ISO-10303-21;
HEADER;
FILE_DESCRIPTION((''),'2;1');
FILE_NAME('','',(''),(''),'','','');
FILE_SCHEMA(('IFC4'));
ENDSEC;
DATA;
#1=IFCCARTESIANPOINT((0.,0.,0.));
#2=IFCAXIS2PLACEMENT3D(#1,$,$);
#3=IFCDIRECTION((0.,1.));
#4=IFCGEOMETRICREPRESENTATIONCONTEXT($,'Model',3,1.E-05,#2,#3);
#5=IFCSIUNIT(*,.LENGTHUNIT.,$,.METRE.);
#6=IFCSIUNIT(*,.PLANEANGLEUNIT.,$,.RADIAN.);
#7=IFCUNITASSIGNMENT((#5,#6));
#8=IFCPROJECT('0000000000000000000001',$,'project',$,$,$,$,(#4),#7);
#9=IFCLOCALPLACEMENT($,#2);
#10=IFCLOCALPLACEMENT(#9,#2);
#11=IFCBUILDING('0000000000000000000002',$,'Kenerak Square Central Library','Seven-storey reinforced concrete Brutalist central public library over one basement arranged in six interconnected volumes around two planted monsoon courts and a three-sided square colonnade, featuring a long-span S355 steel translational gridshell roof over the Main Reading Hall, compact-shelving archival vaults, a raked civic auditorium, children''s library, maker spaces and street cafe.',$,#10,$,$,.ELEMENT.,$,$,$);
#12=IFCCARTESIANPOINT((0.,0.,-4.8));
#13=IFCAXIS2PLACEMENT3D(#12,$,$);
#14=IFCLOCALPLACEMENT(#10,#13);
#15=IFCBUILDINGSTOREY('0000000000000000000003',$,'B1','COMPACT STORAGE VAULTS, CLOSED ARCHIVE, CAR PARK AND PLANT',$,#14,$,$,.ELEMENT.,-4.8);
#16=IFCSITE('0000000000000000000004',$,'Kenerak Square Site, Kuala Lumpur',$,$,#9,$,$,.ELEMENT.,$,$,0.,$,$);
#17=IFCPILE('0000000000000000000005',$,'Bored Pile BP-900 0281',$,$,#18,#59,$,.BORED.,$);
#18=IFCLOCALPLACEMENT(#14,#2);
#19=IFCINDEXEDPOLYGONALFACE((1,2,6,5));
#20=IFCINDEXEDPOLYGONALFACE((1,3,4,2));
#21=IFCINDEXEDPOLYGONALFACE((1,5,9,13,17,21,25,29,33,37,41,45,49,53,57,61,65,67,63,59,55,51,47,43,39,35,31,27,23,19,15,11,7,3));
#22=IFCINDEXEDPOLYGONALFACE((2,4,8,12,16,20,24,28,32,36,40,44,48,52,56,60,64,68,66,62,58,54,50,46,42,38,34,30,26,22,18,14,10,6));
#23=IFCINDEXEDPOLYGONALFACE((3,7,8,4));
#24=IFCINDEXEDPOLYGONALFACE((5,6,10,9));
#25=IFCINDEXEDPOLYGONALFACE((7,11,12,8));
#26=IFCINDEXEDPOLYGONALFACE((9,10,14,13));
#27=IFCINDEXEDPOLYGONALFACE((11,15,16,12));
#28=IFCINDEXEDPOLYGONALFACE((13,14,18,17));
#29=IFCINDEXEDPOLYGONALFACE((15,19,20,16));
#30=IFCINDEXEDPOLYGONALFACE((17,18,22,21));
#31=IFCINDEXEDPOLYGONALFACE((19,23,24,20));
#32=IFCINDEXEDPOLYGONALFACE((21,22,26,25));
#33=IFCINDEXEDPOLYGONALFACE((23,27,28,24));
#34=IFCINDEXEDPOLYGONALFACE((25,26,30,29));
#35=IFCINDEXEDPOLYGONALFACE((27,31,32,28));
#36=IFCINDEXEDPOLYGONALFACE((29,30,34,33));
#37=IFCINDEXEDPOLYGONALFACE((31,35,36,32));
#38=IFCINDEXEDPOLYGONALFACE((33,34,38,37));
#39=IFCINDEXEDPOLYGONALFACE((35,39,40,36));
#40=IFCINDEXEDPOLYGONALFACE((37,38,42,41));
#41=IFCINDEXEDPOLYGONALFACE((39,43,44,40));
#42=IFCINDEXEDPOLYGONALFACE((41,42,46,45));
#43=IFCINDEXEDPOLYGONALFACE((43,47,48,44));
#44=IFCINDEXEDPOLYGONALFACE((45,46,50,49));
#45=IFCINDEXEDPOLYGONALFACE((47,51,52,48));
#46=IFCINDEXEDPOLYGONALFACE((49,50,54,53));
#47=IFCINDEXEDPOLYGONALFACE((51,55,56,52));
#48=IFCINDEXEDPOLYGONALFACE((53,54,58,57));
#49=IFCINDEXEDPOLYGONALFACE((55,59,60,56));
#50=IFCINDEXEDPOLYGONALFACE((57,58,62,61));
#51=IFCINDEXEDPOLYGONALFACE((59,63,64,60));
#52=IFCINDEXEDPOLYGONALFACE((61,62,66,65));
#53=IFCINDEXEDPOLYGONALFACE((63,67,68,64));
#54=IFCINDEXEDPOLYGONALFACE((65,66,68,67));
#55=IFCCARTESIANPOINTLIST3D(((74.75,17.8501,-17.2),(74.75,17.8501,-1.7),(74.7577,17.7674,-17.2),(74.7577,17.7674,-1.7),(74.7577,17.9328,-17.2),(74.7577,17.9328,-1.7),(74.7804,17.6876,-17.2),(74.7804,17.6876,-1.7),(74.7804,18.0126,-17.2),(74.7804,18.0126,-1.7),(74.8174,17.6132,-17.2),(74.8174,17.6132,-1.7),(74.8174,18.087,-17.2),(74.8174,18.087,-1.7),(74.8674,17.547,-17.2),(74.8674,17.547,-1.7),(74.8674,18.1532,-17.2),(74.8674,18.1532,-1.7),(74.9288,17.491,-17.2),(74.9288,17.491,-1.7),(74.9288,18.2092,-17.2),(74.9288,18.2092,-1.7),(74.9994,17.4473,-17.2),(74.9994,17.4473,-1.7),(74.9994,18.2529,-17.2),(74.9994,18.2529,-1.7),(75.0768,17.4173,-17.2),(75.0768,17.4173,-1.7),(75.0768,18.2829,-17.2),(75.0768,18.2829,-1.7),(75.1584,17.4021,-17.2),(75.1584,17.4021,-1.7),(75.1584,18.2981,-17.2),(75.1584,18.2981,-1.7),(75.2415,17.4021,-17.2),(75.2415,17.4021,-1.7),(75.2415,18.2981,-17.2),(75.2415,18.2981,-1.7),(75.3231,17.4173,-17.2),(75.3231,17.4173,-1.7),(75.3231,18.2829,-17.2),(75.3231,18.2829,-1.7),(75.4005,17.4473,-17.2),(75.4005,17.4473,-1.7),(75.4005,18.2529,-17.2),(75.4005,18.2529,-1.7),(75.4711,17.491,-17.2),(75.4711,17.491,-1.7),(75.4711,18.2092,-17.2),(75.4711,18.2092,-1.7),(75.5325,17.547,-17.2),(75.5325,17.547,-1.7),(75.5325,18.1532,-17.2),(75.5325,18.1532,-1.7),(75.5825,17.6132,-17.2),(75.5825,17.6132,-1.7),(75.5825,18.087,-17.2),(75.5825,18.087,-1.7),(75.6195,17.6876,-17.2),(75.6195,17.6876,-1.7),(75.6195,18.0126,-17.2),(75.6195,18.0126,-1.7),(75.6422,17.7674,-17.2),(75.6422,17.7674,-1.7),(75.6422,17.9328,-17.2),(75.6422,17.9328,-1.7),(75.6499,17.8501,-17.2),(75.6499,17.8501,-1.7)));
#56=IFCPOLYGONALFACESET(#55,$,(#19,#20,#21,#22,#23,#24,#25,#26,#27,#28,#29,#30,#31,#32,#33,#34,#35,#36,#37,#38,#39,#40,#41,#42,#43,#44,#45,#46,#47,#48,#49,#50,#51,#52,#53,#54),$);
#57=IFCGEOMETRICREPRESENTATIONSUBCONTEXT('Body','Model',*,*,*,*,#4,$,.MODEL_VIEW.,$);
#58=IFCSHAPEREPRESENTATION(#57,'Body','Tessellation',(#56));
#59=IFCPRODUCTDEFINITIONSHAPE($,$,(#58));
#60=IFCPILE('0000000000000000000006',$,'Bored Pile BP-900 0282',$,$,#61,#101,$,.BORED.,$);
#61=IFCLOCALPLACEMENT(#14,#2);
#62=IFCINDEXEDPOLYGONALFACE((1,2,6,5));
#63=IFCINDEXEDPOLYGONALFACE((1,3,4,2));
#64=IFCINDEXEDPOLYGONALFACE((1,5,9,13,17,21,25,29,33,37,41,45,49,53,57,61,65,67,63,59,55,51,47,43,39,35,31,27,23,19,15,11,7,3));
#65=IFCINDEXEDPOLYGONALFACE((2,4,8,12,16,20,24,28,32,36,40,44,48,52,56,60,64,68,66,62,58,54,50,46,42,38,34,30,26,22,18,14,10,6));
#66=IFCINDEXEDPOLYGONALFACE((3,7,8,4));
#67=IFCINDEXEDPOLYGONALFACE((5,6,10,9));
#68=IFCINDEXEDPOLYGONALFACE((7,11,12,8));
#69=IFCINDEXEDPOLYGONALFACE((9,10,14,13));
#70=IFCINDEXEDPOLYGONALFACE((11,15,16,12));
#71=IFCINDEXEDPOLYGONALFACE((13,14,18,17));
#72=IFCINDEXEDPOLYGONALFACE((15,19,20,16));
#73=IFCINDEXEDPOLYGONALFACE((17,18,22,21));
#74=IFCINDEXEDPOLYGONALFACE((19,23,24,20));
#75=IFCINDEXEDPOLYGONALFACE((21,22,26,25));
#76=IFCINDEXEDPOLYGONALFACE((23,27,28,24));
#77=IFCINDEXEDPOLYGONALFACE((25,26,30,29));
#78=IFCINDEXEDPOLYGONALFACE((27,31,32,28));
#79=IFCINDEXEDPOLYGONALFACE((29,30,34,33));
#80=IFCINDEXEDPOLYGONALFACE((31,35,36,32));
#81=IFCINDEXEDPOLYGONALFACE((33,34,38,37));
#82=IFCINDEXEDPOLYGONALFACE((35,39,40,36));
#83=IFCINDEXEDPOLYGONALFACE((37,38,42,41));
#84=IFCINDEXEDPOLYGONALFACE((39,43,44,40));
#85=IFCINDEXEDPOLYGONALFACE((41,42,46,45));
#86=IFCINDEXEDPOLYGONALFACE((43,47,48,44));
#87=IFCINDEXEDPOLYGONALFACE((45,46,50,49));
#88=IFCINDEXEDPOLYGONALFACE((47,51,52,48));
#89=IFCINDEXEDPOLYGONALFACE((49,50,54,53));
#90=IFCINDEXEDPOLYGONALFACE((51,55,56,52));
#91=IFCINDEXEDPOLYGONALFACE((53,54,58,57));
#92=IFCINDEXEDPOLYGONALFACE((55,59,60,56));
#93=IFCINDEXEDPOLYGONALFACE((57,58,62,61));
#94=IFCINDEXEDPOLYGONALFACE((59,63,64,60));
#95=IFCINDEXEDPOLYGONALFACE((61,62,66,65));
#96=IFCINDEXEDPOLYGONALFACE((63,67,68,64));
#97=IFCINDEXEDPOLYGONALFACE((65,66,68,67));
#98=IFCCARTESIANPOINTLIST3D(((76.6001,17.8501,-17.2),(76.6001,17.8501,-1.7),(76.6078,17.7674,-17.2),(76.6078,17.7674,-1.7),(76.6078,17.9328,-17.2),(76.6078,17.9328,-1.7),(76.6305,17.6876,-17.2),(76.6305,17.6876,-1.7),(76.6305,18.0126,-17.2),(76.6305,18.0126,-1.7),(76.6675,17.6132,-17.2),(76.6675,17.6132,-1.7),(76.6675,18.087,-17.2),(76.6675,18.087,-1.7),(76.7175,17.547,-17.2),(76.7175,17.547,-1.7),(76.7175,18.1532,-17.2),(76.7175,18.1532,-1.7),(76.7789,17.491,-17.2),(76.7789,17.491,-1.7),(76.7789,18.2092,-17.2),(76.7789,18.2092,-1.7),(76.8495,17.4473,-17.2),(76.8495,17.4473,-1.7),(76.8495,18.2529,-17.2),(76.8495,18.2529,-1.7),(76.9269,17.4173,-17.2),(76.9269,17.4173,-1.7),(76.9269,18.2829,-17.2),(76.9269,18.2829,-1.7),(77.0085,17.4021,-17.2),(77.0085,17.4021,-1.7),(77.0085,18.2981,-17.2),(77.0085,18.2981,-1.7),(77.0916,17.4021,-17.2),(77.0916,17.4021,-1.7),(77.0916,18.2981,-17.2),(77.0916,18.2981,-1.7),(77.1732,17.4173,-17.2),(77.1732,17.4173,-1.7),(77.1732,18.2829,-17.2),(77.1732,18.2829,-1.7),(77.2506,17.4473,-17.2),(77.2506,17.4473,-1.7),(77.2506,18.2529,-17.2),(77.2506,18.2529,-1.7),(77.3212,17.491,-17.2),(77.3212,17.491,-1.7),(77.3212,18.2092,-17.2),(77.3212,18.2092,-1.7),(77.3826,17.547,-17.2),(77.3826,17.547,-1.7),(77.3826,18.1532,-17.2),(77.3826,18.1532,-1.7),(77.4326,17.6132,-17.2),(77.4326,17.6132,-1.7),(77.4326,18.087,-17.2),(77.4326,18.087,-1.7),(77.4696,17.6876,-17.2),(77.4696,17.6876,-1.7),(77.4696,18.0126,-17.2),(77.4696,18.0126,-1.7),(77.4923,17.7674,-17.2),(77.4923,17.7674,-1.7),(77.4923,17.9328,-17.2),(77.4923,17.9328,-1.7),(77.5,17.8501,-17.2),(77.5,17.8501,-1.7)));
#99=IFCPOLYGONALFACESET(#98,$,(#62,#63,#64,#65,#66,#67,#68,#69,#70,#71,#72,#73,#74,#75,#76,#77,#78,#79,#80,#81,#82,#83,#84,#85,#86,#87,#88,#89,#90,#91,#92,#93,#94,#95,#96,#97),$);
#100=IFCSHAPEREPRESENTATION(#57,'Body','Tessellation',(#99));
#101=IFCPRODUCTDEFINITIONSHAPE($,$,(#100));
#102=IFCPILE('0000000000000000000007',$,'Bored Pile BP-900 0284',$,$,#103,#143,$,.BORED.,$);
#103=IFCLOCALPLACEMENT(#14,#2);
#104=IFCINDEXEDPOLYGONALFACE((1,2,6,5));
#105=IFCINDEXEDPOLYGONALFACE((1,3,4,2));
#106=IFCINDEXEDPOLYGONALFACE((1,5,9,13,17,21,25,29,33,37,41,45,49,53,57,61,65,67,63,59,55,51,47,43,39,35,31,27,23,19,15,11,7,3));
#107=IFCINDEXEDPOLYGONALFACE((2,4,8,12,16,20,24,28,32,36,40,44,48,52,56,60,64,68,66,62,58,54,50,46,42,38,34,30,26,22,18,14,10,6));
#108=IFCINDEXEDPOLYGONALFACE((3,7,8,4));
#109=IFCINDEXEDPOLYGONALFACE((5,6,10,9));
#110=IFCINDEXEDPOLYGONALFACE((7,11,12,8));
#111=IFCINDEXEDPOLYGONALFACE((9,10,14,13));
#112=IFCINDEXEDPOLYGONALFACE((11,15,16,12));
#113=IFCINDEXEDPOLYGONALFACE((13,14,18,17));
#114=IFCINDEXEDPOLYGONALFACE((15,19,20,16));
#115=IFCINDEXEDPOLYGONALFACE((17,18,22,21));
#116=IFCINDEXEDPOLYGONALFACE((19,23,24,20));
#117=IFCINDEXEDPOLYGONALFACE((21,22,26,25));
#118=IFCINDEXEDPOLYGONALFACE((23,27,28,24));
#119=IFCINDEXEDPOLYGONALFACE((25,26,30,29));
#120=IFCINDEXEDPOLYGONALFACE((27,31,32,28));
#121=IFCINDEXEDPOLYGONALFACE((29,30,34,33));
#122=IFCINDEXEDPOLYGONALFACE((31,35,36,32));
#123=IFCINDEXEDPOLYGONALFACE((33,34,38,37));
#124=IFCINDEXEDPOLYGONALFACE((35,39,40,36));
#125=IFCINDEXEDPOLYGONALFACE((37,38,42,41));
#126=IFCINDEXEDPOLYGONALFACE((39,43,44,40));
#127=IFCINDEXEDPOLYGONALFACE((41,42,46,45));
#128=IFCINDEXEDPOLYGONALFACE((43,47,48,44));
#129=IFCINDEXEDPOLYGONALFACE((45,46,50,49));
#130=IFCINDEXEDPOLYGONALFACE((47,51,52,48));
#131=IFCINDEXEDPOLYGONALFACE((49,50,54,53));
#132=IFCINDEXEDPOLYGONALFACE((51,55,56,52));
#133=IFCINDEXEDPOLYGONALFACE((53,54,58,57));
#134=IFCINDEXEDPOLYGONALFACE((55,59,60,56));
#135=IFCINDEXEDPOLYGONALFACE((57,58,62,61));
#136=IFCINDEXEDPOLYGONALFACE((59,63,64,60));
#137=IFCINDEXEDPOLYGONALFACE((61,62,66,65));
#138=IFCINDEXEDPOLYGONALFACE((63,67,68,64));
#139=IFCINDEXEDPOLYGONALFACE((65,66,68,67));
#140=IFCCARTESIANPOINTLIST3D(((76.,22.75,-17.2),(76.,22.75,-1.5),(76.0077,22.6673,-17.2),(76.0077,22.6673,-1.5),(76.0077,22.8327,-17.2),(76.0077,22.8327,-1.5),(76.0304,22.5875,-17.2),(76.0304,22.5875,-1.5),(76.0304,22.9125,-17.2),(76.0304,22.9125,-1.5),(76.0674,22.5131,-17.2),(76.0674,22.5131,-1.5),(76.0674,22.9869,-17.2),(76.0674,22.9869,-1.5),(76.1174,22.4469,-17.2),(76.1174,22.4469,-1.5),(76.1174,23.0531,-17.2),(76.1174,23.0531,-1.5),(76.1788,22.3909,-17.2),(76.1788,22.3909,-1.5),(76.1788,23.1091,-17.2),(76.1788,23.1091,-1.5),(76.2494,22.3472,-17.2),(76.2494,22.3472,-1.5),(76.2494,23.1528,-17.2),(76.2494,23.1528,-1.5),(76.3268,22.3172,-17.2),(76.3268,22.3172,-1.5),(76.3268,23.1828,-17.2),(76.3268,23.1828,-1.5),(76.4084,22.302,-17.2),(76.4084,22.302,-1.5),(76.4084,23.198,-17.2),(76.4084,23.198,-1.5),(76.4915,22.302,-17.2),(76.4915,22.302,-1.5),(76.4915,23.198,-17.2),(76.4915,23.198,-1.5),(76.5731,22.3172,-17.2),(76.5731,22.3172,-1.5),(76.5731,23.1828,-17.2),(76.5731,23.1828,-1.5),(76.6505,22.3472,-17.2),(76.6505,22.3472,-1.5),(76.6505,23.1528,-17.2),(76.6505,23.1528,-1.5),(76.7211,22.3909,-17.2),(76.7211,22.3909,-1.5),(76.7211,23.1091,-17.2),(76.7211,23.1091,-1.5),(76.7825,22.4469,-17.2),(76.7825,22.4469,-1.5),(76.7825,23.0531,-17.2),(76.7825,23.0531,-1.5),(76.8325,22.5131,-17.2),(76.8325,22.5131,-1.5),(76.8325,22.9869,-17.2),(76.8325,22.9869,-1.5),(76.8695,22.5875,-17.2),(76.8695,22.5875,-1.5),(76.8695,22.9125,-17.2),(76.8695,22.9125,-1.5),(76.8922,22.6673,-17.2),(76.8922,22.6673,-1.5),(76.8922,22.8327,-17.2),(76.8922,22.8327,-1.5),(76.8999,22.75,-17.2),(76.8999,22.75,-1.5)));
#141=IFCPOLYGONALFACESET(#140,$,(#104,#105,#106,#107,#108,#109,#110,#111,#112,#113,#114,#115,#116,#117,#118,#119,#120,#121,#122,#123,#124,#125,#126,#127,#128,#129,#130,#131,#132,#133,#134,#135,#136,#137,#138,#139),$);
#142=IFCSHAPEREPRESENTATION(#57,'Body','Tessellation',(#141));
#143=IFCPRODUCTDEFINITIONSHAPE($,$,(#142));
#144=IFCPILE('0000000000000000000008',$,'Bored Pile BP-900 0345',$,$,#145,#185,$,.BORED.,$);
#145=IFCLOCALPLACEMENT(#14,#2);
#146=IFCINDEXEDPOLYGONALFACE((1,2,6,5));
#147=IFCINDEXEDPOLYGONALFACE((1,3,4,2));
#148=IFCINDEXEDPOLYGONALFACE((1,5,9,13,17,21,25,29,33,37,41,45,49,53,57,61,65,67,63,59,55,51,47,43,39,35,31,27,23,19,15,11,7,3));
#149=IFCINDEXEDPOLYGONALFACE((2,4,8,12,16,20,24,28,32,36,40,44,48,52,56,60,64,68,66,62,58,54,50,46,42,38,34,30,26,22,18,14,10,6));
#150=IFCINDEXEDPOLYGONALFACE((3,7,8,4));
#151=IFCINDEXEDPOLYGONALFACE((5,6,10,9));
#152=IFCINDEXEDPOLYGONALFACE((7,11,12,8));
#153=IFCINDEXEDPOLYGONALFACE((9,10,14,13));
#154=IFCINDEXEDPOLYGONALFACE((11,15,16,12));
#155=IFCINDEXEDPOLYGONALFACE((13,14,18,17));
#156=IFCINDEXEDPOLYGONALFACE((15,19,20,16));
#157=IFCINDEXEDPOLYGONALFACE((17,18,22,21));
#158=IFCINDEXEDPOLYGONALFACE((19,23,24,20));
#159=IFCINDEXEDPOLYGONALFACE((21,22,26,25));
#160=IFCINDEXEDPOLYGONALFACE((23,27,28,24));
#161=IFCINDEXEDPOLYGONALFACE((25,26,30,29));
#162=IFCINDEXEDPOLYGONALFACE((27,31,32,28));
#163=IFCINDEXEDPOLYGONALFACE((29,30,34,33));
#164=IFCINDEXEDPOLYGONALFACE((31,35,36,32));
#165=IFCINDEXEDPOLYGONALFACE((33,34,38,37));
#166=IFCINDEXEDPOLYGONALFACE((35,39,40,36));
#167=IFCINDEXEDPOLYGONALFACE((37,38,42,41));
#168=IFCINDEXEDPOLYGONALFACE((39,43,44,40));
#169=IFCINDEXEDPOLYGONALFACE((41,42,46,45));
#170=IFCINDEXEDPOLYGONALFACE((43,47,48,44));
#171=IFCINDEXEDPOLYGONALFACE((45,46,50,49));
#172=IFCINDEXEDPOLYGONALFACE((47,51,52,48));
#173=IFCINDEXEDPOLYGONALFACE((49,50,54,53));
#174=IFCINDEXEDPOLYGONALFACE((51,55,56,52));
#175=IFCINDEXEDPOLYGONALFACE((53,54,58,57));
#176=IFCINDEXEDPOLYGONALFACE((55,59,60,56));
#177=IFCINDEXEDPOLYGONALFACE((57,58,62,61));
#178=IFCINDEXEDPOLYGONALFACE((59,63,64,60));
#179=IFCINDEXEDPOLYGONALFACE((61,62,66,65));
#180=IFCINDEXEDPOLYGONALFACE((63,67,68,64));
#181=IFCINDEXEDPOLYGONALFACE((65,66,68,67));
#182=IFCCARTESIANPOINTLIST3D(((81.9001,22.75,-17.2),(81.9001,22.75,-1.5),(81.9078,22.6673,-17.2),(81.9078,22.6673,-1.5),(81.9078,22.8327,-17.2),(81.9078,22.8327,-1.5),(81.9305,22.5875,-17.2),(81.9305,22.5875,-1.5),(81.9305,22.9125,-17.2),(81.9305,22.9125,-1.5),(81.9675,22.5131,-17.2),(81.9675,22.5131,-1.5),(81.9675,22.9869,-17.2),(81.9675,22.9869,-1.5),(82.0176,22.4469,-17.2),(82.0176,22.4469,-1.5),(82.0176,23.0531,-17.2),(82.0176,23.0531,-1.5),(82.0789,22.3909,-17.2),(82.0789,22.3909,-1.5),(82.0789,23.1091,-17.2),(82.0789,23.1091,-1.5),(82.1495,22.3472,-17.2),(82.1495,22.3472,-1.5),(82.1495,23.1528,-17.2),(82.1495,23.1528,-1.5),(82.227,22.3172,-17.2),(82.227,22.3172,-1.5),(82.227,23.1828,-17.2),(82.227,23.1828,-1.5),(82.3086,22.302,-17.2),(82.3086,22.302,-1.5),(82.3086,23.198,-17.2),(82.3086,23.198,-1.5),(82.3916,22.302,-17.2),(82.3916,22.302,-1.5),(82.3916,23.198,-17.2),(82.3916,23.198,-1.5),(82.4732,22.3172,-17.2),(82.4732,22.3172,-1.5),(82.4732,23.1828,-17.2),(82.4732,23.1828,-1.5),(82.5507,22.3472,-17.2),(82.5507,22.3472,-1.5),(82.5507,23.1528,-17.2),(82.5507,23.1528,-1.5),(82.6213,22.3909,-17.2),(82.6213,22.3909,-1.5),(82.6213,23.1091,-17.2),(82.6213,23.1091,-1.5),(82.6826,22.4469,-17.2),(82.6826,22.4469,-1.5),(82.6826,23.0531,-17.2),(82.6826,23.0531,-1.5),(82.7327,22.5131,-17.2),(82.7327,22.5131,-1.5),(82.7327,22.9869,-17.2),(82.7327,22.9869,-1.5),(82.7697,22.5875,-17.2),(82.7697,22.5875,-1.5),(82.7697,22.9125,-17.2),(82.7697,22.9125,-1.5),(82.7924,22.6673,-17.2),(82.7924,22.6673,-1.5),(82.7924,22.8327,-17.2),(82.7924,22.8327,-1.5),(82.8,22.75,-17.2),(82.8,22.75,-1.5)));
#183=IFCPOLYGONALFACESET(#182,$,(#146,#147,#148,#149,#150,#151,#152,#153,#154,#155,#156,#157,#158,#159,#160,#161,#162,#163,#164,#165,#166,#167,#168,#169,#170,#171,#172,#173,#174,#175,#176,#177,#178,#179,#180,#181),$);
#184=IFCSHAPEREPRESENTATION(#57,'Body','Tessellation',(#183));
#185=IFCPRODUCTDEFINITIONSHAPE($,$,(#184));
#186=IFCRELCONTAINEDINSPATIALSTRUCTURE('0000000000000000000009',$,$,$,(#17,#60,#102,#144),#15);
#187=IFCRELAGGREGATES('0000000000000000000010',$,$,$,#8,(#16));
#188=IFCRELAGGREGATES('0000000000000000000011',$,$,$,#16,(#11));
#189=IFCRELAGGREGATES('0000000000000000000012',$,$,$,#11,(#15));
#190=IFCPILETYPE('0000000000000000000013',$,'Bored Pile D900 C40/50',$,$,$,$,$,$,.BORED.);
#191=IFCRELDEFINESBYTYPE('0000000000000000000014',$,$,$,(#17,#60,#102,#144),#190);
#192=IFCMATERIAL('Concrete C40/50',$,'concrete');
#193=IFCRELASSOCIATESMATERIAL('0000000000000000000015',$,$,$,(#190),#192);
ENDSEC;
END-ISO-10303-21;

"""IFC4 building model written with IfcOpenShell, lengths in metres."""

from ifc_helpers import new_model, si_unit, direction, frame, origin, origin_2d, place, context, subcontext, project, spatial, circle, extrude, material, material_profile, profile_set, type_object, element, save


model = new_model("IFC4")

# Units and contexts
model_context = context("Model", 3, precision=1e-05, world=origin(), true_north=direction((0.0, 1.0)))
body_context = subcontext(model_context, "Body", "Model", "MODEL_VIEW")
ifc_project = project(units=[si_unit("LENGTHUNIT", "METRE"), si_unit("PLANEANGLEUNIT", "RADIAN")], contexts=[model_context])

# Site, building, storey
site_placement = place(None, origin())
site = spatial("IfcSite", under=ifc_project, at=site_placement, Name="Kenerak Square Site, Kuala Lumpur", CompositionType="ELEMENT", RefElevation=0.0)
building_placement = place(site_placement, origin())
building = spatial("IfcBuilding", under=site, at=building_placement, Name="Kenerak Square Central Library", Description="Seven-storey reinforced concrete Brutalist central public library over one basement arranged in six interconnected volumes around two planted monsoon courts and a three-sided square colonnade, featuring a long-span S355 steel translational gridshell roof over the Main Reading Hall, compact-shelving archival vaults, a raked civic auditorium, children's library, maker spaces and street cafe.", CompositionType="ELEMENT")
storey_placement = place(building_placement, frame((0.0, 0.0, -4.8)))
storey = spatial("IfcBuildingStorey", under=building, at=storey_placement, Name="B1", Description="COMPACT STORAGE VAULTS, CLOSED ARCHIVE, CAR PARK AND PLANT", CompositionType="ELEMENT", Elevation=-4.8)

# Piles
ifc_material_1 = material(Name="Concrete C40/50", Category="concrete")
ifc_material_profile_1 = material_profile(ifc_material_1, circle(Radius=0.45, at=origin_2d()), Name="BP D900")
ifc_profile_set_1 = profile_set([ifc_material_profile_1], Name="Concrete C40/50")
pile_type_1 = type_object("IfcPileType", Name="Bored Pile D900 C40/50", PredefinedType="BORED", material=ifc_profile_set_1)
for number, where, z_axis, x_axis, name in (
    (1, (75.2, 17.8501, -1.7), (0.0, 0.0, -1.0), (1.0, 0.0, 0.0), "Bored Pile BP-900 0281"),
    (2, (77.05, 17.8501, -1.7), (0.0, 0.0, -1.0), (1.0, 0.0, 0.0), "Bored Pile BP-900 0282"),
):
    element("IfcPile", number, at=place(storey_placement, frame(where, z_axis=z_axis, x_axis=x_axis)), inside=storey, type_object=pile_type_1, Name=name, PredefinedType="BORED", context=body_context, shape_type="SweptSolid", body=[
        extrude(circle(Radius=0.45, at=origin_2d()), origin(), (0.0, 0.0, 1.0), 15.5),
    ])
for number, where, z_axis, x_axis, name in (
    (3, (76.45, 22.75, -1.5), (0.0, 0.0, -1.0), (1.0, 0.0, 0.0), "Bored Pile BP-900 0284"),
    (4, (82.3501, 22.75, -1.5), (0.0, 0.0, -1.0), (1.0, 0.0, 0.0), "Bored Pile BP-900 0345"),
):
    element("IfcPile", number, at=place(storey_placement, frame(where, z_axis=z_axis, x_axis=x_axis)), inside=storey, type_object=pile_type_1, Name=name, PredefinedType="BORED", context=body_context, shape_type="SweptSolid", body=[
        extrude(circle(Radius=0.45, at=origin_2d()), origin(), (0.0, 0.0, 1.0), 15.7),
    ])

save(model, "model.ifc")
